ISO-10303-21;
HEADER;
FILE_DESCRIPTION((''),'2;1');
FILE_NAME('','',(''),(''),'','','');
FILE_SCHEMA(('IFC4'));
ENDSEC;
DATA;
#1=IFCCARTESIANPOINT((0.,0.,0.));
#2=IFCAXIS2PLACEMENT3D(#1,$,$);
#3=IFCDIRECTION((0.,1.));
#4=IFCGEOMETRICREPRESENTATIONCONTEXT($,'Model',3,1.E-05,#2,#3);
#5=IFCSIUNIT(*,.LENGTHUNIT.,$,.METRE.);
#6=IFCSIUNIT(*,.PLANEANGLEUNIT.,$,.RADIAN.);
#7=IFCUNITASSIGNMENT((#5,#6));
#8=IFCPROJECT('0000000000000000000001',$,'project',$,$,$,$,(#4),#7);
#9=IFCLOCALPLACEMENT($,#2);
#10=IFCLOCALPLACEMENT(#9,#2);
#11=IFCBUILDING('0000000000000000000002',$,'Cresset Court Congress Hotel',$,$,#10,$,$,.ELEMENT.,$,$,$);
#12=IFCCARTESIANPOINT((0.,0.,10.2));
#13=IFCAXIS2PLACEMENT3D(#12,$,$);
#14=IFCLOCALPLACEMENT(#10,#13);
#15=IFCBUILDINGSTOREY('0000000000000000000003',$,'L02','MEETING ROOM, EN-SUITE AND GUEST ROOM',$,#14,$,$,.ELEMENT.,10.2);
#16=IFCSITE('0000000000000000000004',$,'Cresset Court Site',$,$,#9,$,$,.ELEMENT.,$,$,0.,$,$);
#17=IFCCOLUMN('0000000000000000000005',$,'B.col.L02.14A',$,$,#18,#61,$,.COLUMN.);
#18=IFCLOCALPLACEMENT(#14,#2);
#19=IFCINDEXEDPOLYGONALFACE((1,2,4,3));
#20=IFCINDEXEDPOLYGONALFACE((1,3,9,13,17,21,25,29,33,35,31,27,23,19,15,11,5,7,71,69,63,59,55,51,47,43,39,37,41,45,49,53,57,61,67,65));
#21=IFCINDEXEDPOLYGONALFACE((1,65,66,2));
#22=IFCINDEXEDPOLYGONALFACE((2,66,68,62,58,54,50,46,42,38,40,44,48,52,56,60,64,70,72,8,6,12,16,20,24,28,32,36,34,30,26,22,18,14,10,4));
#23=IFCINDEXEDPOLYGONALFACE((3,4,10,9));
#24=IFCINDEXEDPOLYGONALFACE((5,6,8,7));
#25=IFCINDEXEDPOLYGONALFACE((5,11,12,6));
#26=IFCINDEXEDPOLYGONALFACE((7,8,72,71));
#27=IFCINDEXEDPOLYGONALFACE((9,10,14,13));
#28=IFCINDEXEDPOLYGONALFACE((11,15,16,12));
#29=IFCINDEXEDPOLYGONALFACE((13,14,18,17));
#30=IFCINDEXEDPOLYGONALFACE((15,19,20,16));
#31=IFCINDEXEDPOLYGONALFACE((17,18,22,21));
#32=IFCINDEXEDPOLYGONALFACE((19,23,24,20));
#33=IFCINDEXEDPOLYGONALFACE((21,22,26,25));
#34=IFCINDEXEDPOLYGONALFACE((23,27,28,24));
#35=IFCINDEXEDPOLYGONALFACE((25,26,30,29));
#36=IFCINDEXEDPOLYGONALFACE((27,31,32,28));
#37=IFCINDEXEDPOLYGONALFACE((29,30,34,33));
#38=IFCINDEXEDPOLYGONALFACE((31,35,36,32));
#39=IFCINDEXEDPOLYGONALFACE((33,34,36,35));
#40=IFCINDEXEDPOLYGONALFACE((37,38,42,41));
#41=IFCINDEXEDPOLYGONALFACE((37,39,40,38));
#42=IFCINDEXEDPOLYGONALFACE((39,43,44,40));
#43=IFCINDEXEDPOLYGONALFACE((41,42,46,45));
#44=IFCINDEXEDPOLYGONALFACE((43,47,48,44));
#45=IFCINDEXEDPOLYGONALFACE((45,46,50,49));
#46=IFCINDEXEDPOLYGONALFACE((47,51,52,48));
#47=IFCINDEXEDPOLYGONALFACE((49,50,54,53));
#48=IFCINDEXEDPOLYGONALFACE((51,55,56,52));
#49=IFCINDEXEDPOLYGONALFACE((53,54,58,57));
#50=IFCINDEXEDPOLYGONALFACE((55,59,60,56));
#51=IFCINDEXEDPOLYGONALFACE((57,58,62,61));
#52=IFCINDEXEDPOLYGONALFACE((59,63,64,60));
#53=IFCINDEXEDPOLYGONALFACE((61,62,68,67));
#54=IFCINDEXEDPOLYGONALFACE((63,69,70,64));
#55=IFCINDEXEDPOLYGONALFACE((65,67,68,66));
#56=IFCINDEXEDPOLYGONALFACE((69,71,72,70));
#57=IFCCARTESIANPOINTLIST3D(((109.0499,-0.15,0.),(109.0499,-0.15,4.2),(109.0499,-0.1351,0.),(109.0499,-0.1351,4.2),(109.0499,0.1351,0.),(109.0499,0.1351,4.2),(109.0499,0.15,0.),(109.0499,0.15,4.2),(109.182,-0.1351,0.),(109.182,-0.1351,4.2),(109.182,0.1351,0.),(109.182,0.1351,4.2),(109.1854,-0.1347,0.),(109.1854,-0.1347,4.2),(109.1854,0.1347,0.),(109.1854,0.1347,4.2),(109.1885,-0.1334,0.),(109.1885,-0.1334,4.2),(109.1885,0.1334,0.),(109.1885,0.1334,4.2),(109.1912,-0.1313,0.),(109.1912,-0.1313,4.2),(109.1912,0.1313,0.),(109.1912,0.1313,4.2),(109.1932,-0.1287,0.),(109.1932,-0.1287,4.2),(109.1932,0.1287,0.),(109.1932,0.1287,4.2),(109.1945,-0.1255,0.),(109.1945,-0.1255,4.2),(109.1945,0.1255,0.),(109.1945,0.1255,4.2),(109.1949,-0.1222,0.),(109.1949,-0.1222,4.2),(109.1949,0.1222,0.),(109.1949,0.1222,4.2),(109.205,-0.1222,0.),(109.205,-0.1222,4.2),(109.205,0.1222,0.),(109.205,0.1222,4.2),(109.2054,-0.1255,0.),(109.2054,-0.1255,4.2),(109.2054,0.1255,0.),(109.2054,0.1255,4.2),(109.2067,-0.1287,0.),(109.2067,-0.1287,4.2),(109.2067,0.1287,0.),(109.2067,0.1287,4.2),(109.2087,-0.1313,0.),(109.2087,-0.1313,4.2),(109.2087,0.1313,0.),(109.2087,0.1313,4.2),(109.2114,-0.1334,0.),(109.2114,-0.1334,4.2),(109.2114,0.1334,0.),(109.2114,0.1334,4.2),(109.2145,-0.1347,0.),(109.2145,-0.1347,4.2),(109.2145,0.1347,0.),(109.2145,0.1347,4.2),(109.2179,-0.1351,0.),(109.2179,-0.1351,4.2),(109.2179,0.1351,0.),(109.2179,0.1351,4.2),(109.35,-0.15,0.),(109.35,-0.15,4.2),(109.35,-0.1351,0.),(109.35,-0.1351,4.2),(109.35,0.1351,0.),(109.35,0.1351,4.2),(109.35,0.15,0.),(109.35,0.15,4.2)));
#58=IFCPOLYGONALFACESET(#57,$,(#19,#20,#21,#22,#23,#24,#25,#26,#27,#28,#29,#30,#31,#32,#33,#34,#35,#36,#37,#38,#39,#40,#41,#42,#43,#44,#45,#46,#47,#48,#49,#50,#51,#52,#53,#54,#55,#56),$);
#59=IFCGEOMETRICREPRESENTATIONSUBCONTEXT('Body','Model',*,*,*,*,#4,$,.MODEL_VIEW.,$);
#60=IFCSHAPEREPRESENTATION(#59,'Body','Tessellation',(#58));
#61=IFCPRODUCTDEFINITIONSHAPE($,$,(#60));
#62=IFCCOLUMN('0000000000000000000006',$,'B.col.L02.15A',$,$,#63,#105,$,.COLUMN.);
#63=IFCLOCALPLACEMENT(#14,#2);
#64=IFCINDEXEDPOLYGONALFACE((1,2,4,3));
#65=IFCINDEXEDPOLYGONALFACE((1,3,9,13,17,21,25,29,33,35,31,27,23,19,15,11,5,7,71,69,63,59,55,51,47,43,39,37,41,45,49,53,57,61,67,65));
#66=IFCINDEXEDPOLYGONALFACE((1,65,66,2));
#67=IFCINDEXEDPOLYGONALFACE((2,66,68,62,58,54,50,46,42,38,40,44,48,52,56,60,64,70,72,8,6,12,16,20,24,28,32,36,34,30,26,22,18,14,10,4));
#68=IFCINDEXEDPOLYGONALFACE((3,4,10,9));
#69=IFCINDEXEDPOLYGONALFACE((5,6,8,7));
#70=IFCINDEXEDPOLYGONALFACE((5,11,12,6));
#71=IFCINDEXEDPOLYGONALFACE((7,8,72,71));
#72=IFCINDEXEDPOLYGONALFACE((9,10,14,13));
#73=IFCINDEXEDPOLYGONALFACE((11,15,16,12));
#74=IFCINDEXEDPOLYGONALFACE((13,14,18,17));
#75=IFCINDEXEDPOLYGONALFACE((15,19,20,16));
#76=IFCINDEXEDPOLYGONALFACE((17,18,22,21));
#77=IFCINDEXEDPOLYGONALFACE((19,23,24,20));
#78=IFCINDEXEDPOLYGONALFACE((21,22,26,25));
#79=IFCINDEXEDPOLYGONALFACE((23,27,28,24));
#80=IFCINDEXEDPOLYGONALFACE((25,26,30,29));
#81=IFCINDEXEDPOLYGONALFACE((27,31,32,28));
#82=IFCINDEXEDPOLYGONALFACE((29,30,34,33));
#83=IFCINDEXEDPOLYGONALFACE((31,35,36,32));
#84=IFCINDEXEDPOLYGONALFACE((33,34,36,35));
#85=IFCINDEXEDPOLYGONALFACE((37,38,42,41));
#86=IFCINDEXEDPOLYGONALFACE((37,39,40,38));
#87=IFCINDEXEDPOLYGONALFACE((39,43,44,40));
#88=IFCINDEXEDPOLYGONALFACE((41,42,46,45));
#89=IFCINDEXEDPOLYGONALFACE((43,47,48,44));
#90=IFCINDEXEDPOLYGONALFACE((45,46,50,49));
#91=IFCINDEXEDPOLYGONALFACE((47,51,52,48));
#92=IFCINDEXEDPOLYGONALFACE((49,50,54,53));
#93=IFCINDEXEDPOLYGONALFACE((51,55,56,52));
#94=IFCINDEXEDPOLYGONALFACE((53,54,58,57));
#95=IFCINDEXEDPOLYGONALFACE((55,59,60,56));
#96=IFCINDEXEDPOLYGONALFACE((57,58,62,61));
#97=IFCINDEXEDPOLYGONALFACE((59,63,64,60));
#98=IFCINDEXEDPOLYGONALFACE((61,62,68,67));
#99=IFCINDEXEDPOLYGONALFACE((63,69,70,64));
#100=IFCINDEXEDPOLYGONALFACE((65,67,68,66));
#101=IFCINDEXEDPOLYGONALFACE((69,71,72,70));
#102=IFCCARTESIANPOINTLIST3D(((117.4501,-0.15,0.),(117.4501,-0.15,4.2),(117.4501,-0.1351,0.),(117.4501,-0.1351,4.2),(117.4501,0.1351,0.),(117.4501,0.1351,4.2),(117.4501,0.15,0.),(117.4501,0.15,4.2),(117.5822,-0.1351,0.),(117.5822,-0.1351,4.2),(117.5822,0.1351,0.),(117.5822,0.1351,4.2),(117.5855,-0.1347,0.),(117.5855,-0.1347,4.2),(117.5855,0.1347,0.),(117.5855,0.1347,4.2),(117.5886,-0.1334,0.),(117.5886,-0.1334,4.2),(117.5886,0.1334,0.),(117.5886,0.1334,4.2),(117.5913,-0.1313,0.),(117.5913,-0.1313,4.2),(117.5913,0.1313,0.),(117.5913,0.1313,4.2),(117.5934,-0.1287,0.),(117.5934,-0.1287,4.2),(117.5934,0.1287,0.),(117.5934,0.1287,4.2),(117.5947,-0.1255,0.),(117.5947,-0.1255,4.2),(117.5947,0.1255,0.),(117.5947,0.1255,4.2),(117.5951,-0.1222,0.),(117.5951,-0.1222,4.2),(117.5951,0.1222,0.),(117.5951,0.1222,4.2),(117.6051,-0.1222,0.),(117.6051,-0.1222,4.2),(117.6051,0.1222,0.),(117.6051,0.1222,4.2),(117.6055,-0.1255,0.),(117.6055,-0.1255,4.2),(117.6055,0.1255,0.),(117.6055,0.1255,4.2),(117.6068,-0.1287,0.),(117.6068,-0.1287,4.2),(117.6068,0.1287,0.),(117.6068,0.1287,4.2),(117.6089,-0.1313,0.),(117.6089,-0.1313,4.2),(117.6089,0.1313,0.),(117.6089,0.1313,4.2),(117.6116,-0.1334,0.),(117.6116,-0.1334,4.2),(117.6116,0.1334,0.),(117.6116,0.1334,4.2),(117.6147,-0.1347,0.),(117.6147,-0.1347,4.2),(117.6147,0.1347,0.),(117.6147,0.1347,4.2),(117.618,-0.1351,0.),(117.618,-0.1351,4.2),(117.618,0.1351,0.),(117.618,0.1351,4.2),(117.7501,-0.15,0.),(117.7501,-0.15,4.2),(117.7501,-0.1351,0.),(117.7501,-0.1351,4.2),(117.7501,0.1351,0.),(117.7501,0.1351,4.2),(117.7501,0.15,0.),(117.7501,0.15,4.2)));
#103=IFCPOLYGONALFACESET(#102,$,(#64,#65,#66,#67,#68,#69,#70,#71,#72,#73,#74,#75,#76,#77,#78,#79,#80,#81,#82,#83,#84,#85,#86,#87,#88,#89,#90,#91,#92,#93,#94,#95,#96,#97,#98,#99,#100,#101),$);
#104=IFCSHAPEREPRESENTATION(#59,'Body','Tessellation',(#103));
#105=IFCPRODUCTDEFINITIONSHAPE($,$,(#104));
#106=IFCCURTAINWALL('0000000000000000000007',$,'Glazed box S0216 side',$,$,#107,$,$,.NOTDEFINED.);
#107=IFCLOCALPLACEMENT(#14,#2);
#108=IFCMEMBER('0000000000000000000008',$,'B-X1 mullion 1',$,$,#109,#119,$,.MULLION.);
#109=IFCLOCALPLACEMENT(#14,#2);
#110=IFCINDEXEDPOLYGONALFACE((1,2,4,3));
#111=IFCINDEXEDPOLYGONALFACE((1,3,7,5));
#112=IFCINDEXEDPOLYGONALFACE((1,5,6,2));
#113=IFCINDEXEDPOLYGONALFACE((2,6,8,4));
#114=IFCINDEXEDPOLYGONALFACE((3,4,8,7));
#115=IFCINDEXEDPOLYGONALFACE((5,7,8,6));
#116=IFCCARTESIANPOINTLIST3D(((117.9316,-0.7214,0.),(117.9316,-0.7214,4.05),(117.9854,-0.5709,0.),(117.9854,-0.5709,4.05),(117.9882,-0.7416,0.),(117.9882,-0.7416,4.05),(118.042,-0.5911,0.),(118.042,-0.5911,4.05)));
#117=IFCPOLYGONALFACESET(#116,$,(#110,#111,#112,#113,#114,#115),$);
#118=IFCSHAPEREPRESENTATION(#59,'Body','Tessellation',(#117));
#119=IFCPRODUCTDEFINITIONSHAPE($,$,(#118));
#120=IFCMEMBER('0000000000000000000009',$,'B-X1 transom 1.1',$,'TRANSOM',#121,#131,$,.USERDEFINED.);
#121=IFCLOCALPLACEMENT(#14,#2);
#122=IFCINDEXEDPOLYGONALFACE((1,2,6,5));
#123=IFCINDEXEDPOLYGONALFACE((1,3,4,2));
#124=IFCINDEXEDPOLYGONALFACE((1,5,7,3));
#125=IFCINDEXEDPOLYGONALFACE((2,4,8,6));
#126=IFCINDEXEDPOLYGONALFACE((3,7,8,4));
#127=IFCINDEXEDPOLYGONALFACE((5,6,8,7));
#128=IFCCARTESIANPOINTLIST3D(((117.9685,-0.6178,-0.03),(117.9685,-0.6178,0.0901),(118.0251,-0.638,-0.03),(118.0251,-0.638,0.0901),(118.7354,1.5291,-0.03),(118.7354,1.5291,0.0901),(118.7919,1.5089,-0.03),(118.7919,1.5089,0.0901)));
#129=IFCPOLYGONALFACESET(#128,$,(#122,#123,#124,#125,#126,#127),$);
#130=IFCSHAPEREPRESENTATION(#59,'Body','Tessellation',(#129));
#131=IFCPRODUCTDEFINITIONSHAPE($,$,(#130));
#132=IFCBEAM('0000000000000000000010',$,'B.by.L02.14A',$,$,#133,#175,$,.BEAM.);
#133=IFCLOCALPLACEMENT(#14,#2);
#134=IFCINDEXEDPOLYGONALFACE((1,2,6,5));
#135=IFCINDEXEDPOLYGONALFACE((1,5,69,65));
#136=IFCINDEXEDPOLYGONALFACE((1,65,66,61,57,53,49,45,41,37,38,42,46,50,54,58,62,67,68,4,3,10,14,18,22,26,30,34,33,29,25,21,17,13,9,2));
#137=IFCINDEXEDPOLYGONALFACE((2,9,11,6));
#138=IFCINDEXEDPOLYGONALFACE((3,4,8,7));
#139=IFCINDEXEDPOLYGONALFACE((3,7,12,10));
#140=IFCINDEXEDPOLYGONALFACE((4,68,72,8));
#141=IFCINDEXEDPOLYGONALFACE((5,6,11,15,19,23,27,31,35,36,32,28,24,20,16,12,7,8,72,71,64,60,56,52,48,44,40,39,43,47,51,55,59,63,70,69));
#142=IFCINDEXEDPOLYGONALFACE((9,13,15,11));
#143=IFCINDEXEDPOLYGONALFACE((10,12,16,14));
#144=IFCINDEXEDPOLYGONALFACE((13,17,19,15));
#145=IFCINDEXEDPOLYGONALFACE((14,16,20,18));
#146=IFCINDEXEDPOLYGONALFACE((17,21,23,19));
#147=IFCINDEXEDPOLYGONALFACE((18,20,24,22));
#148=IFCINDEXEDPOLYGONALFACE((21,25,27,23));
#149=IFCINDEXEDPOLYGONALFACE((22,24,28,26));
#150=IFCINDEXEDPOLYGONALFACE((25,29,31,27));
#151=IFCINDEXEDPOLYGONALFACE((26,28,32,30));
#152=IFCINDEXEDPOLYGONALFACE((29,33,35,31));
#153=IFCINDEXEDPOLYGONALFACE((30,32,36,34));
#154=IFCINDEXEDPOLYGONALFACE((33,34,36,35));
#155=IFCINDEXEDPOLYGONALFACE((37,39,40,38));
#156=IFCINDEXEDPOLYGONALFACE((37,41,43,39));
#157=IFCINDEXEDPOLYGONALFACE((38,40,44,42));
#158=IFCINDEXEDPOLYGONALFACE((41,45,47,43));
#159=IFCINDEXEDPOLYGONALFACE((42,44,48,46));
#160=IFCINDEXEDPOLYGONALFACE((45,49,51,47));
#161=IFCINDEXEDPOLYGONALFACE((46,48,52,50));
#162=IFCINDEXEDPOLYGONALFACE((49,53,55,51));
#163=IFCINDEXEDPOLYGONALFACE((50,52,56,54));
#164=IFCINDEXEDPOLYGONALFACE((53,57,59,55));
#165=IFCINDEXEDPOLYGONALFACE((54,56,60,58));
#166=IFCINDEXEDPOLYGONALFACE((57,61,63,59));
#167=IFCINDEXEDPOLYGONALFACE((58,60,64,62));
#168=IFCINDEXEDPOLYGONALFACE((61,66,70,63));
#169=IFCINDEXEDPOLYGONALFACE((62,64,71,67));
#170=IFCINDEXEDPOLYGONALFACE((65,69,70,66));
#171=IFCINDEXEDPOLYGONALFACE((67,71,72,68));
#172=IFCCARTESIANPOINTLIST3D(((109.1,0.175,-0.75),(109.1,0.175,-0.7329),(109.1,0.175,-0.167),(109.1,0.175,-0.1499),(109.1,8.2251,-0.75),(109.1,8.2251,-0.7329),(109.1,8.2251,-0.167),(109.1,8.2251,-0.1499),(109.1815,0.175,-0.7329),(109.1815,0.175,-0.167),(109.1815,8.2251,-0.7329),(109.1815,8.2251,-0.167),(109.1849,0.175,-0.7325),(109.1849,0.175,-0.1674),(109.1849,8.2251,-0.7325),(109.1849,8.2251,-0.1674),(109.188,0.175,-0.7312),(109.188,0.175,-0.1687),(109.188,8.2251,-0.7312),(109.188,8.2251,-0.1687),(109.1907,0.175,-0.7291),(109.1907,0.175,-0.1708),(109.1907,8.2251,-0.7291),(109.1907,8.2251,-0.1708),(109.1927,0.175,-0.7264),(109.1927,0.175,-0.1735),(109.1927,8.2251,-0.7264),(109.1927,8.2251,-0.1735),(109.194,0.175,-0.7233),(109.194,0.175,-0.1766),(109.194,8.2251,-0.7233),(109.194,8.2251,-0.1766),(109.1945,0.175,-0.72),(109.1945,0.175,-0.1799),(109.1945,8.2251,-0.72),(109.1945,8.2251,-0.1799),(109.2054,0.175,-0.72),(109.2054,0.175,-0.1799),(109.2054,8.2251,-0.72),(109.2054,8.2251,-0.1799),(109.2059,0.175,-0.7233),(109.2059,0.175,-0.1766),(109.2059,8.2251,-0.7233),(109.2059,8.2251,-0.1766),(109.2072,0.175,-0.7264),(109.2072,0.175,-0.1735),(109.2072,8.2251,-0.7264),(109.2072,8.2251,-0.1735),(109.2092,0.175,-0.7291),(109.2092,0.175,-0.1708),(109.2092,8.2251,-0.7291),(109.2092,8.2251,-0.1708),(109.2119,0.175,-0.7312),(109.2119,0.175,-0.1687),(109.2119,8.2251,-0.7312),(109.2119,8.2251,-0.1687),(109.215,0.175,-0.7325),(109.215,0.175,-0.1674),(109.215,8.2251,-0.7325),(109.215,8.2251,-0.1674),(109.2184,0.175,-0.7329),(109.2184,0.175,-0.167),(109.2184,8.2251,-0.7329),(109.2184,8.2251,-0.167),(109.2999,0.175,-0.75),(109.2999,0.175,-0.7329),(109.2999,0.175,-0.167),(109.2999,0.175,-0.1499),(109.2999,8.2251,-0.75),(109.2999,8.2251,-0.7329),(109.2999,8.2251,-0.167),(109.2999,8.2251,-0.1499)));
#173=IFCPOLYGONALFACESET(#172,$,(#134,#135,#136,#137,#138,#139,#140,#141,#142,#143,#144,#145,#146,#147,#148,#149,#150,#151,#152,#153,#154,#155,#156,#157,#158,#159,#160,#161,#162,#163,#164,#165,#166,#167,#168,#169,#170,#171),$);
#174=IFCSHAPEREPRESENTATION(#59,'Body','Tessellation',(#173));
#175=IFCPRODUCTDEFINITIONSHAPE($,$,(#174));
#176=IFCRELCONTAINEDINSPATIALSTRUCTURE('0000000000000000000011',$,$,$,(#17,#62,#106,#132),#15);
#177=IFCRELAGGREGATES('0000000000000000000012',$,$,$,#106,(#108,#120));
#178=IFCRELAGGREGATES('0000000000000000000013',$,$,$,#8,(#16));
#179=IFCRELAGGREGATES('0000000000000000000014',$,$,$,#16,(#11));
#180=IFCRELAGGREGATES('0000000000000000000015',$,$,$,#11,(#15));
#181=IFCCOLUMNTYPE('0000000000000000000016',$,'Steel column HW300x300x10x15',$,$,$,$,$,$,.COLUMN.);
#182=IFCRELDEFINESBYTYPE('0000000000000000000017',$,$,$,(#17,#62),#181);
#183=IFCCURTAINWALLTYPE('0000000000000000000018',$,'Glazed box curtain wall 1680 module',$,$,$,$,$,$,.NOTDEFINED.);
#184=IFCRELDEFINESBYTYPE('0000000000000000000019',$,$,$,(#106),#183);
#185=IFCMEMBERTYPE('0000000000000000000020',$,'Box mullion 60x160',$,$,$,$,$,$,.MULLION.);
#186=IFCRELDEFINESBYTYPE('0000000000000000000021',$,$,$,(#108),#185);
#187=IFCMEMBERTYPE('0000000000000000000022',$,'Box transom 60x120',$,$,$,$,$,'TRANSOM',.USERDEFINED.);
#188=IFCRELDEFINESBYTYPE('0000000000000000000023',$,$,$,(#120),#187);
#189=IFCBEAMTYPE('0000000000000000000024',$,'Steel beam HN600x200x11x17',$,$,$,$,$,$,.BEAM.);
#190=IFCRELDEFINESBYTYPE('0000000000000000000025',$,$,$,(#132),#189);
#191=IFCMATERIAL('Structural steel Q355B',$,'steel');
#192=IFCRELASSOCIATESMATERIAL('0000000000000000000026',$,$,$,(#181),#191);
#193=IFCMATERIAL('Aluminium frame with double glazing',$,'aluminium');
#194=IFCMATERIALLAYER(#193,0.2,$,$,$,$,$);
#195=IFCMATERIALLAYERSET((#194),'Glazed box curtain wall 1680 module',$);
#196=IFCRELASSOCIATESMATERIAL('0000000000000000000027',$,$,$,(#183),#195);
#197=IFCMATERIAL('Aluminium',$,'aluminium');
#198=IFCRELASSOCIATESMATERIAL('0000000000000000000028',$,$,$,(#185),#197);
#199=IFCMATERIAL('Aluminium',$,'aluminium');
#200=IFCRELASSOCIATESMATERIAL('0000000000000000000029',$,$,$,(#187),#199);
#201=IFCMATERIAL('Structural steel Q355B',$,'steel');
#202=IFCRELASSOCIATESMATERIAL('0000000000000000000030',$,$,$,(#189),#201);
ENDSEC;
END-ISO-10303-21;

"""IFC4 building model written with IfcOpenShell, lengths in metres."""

from ifc_helpers import new_model, si_unit, direction, frame, origin, origin_2d, place, context, subcontext, project, spatial, rectangle, i_section, extrude, material, layer, layer_set, material_profile, profile_set, type_object, element, aggregate, save


model = new_model("IFC4")

# Units and contexts
model_context = context("Model", 3, precision=1e-05, world=origin(), true_north=direction((0.0, 1.0)))
body_context = subcontext(model_context, "Body", "Model", "MODEL_VIEW")
ifc_project = project(units=[si_unit("LENGTHUNIT", "METRE"), si_unit("PLANEANGLEUNIT", "RADIAN")], contexts=[model_context])

# Site, building, storey
site_placement = place(None, origin())
site = spatial("IfcSite", under=ifc_project, at=site_placement, Name="Cresset Court Site", CompositionType="ELEMENT", RefElevation=0.0)
building_placement = place(site_placement, origin())
building = spatial("IfcBuilding", under=site, at=building_placement, Name="Cresset Court Congress Hotel", CompositionType="ELEMENT")
storey_placement = place(building_placement, frame((0.0, 0.0, 10.2)))
storey = spatial("IfcBuildingStorey", under=building, at=storey_placement, Name="L02", Description="MEETING ROOM, EN-SUITE AND GUEST ROOM", CompositionType="ELEMENT", Elevation=10.2)

# Columns
ifc_material_1 = material(Name="Structural steel Q355B", Category="steel")
ifc_material_profile_1 = material_profile(ifc_material_1, i_section(OverallWidth=0.3, OverallDepth=0.3, WebThickness=0.01, FlangeThickness=0.0149, FilletRadius=0.0129, at=origin_2d()), Name="HW300x300x10x15")
ifc_profile_set_1 = profile_set([ifc_material_profile_1], Name="Structural steel Q355B")
column_type = type_object("IfcColumnType", Name="Steel column HW300x300x10x15", PredefinedType="COLUMN", material=ifc_profile_set_1)
for number, where, z_axis, x_axis, name in (
    (1, (109.2, 0.0, 0.0), (0.0, 0.0, 1.0), (1.0, 0.0, 0.0), "B.col.L02.14A"),
    (2, (117.6001, 0.0, 0.0), (0.0, 0.0, 1.0), (1.0, 0.0, 0.0), "B.col.L02.15A"),
):
    element("IfcColumn", number, at=place(storey_placement, frame(where, z_axis=z_axis, x_axis=x_axis)), inside=storey, type_object=column_type, Name=name, PredefinedType="COLUMN", context=body_context, shape_type="SweptSolid", body=[
        extrude(i_section(OverallWidth=0.3, OverallDepth=0.3, WebThickness=0.01, FlangeThickness=0.0149, FilletRadius=0.0129, at=origin_2d()), origin(), (0.0, 0.0, 1.0), 4.2),
    ])

# Curtain wall, members
ifc_material_2 = material(Name="Aluminium frame with double glazing", Category="aluminium")
ifc_layer_1 = layer(ifc_material_2, 0.2)
ifc_layer_set_1 = layer_set([ifc_layer_1], Name="Glazed box curtain wall 1680 module")
curtain_wall_type = type_object("IfcCurtainWallType", Name="Glazed box curtain wall 1680 module", PredefinedType="NOTDEFINED", material=ifc_layer_set_1)
curtain_wall_placement = place(storey_placement, origin())
curtain_wall = element("IfcCurtainWall", 3, at=curtain_wall_placement, inside=storey, type_object=curtain_wall_type, Name="Glazed box S0216 side", PredefinedType="NOTDEFINED")
ifc_material_3 = material(Name="Aluminium", Category="aluminium")
ifc_material_profile_2 = material_profile(ifc_material_3, rectangle(XDim=0.0601, YDim=0.1599, at=origin_2d()), Name="Box mullion 60x160")
ifc_profile_set_2 = profile_set([ifc_material_profile_2], Name="Aluminium")
member_type_1 = type_object("IfcMemberType", Name="Box mullion 60x160", PredefinedType="MULLION", material=ifc_profile_set_2)
member_1_placement = place(storey_placement, frame((117.9868, -0.6562, 0.0), z_axis=(0.0, 0.0, 1.0), x_axis=(-0.941742, 0.336336, 0.0)))
member_1 = element("IfcMember", 4, at=member_1_placement, type_object=member_type_1, Name="B-X1 mullion 1", PredefinedType="MULLION", context=body_context, shape_type="SweptSolid", body=[
    extrude(rectangle(XDim=0.0601, YDim=0.1599, at=origin_2d()), origin(), (0.0, 0.0, 1.0), 4.05),
])
ifc_material_4 = material(Name="Aluminium", Category="aluminium")
ifc_material_profile_3 = material_profile(ifc_material_4, rectangle(XDim=0.0601, YDim=0.1201, at=origin_2d()), Name="Box transom 60x120")
ifc_profile_set_3 = profile_set([ifc_material_profile_3], Name="Aluminium")
member_type_2 = type_object("IfcMemberType", Name="Box transom 60x120", ElementType="TRANSOM", PredefinedType="USERDEFINED", material=ifc_profile_set_3)
member_2_placement = place(storey_placement, frame((117.9968, -0.6279, 0.03), z_axis=(0.336364, 0.941732, 0.0), x_axis=(-0.941732, 0.336364, 0.0)))
member_2 = element("IfcMember", 5, at=member_2_placement, type_object=member_type_2, Name="B-X1 transom 1.1", ObjectType="TRANSOM", PredefinedType="USERDEFINED", context=body_context, shape_type="SweptSolid", body=[
    extrude(rectangle(XDim=0.0601, YDim=0.1201, at=origin_2d()), origin(), (0.0, 0.0, 1.0), 2.2798),
])
aggregate(curtain_wall, [member_1, member_2])

# Beam
ifc_material_5 = material(Name="Structural steel Q355B", Category="steel")
ifc_material_profile_4 = material_profile(ifc_material_5, i_section(OverallWidth=0.2, OverallDepth=0.6001, WebThickness=0.011, FlangeThickness=0.0171, FilletRadius=0.0129, at=origin_2d()), Name="HN600x200x11x17")
ifc_profile_set_4 = profile_set([ifc_material_profile_4], Name="Structural steel Q355B")
beam_type_1 = type_object("IfcBeamType", Name="Steel beam HN600x200x11x17", PredefinedType="BEAM", material=ifc_profile_set_4)
for number, where, z_axis, x_axis, name in (
    (6, (109.2, 0.175, -0.45), (0.0, 1.0, 0.0), (-1.0, 0.0, 0.0), "B.by.L02.14A"),
):
    element("IfcBeam", number, at=place(storey_placement, frame(where, z_axis=z_axis, x_axis=x_axis)), inside=storey, type_object=beam_type_1, Name=name, PredefinedType="BEAM", context=body_context, shape_type="SweptSolid", body=[
        extrude(i_section(OverallWidth=0.2, OverallDepth=0.6001, WebThickness=0.011, FlangeThickness=0.0171, FilletRadius=0.0129, at=origin_2d()), origin(), (0.0, 0.0, 1.0), 8.05),
    ])

save(model, "model.ifc")
